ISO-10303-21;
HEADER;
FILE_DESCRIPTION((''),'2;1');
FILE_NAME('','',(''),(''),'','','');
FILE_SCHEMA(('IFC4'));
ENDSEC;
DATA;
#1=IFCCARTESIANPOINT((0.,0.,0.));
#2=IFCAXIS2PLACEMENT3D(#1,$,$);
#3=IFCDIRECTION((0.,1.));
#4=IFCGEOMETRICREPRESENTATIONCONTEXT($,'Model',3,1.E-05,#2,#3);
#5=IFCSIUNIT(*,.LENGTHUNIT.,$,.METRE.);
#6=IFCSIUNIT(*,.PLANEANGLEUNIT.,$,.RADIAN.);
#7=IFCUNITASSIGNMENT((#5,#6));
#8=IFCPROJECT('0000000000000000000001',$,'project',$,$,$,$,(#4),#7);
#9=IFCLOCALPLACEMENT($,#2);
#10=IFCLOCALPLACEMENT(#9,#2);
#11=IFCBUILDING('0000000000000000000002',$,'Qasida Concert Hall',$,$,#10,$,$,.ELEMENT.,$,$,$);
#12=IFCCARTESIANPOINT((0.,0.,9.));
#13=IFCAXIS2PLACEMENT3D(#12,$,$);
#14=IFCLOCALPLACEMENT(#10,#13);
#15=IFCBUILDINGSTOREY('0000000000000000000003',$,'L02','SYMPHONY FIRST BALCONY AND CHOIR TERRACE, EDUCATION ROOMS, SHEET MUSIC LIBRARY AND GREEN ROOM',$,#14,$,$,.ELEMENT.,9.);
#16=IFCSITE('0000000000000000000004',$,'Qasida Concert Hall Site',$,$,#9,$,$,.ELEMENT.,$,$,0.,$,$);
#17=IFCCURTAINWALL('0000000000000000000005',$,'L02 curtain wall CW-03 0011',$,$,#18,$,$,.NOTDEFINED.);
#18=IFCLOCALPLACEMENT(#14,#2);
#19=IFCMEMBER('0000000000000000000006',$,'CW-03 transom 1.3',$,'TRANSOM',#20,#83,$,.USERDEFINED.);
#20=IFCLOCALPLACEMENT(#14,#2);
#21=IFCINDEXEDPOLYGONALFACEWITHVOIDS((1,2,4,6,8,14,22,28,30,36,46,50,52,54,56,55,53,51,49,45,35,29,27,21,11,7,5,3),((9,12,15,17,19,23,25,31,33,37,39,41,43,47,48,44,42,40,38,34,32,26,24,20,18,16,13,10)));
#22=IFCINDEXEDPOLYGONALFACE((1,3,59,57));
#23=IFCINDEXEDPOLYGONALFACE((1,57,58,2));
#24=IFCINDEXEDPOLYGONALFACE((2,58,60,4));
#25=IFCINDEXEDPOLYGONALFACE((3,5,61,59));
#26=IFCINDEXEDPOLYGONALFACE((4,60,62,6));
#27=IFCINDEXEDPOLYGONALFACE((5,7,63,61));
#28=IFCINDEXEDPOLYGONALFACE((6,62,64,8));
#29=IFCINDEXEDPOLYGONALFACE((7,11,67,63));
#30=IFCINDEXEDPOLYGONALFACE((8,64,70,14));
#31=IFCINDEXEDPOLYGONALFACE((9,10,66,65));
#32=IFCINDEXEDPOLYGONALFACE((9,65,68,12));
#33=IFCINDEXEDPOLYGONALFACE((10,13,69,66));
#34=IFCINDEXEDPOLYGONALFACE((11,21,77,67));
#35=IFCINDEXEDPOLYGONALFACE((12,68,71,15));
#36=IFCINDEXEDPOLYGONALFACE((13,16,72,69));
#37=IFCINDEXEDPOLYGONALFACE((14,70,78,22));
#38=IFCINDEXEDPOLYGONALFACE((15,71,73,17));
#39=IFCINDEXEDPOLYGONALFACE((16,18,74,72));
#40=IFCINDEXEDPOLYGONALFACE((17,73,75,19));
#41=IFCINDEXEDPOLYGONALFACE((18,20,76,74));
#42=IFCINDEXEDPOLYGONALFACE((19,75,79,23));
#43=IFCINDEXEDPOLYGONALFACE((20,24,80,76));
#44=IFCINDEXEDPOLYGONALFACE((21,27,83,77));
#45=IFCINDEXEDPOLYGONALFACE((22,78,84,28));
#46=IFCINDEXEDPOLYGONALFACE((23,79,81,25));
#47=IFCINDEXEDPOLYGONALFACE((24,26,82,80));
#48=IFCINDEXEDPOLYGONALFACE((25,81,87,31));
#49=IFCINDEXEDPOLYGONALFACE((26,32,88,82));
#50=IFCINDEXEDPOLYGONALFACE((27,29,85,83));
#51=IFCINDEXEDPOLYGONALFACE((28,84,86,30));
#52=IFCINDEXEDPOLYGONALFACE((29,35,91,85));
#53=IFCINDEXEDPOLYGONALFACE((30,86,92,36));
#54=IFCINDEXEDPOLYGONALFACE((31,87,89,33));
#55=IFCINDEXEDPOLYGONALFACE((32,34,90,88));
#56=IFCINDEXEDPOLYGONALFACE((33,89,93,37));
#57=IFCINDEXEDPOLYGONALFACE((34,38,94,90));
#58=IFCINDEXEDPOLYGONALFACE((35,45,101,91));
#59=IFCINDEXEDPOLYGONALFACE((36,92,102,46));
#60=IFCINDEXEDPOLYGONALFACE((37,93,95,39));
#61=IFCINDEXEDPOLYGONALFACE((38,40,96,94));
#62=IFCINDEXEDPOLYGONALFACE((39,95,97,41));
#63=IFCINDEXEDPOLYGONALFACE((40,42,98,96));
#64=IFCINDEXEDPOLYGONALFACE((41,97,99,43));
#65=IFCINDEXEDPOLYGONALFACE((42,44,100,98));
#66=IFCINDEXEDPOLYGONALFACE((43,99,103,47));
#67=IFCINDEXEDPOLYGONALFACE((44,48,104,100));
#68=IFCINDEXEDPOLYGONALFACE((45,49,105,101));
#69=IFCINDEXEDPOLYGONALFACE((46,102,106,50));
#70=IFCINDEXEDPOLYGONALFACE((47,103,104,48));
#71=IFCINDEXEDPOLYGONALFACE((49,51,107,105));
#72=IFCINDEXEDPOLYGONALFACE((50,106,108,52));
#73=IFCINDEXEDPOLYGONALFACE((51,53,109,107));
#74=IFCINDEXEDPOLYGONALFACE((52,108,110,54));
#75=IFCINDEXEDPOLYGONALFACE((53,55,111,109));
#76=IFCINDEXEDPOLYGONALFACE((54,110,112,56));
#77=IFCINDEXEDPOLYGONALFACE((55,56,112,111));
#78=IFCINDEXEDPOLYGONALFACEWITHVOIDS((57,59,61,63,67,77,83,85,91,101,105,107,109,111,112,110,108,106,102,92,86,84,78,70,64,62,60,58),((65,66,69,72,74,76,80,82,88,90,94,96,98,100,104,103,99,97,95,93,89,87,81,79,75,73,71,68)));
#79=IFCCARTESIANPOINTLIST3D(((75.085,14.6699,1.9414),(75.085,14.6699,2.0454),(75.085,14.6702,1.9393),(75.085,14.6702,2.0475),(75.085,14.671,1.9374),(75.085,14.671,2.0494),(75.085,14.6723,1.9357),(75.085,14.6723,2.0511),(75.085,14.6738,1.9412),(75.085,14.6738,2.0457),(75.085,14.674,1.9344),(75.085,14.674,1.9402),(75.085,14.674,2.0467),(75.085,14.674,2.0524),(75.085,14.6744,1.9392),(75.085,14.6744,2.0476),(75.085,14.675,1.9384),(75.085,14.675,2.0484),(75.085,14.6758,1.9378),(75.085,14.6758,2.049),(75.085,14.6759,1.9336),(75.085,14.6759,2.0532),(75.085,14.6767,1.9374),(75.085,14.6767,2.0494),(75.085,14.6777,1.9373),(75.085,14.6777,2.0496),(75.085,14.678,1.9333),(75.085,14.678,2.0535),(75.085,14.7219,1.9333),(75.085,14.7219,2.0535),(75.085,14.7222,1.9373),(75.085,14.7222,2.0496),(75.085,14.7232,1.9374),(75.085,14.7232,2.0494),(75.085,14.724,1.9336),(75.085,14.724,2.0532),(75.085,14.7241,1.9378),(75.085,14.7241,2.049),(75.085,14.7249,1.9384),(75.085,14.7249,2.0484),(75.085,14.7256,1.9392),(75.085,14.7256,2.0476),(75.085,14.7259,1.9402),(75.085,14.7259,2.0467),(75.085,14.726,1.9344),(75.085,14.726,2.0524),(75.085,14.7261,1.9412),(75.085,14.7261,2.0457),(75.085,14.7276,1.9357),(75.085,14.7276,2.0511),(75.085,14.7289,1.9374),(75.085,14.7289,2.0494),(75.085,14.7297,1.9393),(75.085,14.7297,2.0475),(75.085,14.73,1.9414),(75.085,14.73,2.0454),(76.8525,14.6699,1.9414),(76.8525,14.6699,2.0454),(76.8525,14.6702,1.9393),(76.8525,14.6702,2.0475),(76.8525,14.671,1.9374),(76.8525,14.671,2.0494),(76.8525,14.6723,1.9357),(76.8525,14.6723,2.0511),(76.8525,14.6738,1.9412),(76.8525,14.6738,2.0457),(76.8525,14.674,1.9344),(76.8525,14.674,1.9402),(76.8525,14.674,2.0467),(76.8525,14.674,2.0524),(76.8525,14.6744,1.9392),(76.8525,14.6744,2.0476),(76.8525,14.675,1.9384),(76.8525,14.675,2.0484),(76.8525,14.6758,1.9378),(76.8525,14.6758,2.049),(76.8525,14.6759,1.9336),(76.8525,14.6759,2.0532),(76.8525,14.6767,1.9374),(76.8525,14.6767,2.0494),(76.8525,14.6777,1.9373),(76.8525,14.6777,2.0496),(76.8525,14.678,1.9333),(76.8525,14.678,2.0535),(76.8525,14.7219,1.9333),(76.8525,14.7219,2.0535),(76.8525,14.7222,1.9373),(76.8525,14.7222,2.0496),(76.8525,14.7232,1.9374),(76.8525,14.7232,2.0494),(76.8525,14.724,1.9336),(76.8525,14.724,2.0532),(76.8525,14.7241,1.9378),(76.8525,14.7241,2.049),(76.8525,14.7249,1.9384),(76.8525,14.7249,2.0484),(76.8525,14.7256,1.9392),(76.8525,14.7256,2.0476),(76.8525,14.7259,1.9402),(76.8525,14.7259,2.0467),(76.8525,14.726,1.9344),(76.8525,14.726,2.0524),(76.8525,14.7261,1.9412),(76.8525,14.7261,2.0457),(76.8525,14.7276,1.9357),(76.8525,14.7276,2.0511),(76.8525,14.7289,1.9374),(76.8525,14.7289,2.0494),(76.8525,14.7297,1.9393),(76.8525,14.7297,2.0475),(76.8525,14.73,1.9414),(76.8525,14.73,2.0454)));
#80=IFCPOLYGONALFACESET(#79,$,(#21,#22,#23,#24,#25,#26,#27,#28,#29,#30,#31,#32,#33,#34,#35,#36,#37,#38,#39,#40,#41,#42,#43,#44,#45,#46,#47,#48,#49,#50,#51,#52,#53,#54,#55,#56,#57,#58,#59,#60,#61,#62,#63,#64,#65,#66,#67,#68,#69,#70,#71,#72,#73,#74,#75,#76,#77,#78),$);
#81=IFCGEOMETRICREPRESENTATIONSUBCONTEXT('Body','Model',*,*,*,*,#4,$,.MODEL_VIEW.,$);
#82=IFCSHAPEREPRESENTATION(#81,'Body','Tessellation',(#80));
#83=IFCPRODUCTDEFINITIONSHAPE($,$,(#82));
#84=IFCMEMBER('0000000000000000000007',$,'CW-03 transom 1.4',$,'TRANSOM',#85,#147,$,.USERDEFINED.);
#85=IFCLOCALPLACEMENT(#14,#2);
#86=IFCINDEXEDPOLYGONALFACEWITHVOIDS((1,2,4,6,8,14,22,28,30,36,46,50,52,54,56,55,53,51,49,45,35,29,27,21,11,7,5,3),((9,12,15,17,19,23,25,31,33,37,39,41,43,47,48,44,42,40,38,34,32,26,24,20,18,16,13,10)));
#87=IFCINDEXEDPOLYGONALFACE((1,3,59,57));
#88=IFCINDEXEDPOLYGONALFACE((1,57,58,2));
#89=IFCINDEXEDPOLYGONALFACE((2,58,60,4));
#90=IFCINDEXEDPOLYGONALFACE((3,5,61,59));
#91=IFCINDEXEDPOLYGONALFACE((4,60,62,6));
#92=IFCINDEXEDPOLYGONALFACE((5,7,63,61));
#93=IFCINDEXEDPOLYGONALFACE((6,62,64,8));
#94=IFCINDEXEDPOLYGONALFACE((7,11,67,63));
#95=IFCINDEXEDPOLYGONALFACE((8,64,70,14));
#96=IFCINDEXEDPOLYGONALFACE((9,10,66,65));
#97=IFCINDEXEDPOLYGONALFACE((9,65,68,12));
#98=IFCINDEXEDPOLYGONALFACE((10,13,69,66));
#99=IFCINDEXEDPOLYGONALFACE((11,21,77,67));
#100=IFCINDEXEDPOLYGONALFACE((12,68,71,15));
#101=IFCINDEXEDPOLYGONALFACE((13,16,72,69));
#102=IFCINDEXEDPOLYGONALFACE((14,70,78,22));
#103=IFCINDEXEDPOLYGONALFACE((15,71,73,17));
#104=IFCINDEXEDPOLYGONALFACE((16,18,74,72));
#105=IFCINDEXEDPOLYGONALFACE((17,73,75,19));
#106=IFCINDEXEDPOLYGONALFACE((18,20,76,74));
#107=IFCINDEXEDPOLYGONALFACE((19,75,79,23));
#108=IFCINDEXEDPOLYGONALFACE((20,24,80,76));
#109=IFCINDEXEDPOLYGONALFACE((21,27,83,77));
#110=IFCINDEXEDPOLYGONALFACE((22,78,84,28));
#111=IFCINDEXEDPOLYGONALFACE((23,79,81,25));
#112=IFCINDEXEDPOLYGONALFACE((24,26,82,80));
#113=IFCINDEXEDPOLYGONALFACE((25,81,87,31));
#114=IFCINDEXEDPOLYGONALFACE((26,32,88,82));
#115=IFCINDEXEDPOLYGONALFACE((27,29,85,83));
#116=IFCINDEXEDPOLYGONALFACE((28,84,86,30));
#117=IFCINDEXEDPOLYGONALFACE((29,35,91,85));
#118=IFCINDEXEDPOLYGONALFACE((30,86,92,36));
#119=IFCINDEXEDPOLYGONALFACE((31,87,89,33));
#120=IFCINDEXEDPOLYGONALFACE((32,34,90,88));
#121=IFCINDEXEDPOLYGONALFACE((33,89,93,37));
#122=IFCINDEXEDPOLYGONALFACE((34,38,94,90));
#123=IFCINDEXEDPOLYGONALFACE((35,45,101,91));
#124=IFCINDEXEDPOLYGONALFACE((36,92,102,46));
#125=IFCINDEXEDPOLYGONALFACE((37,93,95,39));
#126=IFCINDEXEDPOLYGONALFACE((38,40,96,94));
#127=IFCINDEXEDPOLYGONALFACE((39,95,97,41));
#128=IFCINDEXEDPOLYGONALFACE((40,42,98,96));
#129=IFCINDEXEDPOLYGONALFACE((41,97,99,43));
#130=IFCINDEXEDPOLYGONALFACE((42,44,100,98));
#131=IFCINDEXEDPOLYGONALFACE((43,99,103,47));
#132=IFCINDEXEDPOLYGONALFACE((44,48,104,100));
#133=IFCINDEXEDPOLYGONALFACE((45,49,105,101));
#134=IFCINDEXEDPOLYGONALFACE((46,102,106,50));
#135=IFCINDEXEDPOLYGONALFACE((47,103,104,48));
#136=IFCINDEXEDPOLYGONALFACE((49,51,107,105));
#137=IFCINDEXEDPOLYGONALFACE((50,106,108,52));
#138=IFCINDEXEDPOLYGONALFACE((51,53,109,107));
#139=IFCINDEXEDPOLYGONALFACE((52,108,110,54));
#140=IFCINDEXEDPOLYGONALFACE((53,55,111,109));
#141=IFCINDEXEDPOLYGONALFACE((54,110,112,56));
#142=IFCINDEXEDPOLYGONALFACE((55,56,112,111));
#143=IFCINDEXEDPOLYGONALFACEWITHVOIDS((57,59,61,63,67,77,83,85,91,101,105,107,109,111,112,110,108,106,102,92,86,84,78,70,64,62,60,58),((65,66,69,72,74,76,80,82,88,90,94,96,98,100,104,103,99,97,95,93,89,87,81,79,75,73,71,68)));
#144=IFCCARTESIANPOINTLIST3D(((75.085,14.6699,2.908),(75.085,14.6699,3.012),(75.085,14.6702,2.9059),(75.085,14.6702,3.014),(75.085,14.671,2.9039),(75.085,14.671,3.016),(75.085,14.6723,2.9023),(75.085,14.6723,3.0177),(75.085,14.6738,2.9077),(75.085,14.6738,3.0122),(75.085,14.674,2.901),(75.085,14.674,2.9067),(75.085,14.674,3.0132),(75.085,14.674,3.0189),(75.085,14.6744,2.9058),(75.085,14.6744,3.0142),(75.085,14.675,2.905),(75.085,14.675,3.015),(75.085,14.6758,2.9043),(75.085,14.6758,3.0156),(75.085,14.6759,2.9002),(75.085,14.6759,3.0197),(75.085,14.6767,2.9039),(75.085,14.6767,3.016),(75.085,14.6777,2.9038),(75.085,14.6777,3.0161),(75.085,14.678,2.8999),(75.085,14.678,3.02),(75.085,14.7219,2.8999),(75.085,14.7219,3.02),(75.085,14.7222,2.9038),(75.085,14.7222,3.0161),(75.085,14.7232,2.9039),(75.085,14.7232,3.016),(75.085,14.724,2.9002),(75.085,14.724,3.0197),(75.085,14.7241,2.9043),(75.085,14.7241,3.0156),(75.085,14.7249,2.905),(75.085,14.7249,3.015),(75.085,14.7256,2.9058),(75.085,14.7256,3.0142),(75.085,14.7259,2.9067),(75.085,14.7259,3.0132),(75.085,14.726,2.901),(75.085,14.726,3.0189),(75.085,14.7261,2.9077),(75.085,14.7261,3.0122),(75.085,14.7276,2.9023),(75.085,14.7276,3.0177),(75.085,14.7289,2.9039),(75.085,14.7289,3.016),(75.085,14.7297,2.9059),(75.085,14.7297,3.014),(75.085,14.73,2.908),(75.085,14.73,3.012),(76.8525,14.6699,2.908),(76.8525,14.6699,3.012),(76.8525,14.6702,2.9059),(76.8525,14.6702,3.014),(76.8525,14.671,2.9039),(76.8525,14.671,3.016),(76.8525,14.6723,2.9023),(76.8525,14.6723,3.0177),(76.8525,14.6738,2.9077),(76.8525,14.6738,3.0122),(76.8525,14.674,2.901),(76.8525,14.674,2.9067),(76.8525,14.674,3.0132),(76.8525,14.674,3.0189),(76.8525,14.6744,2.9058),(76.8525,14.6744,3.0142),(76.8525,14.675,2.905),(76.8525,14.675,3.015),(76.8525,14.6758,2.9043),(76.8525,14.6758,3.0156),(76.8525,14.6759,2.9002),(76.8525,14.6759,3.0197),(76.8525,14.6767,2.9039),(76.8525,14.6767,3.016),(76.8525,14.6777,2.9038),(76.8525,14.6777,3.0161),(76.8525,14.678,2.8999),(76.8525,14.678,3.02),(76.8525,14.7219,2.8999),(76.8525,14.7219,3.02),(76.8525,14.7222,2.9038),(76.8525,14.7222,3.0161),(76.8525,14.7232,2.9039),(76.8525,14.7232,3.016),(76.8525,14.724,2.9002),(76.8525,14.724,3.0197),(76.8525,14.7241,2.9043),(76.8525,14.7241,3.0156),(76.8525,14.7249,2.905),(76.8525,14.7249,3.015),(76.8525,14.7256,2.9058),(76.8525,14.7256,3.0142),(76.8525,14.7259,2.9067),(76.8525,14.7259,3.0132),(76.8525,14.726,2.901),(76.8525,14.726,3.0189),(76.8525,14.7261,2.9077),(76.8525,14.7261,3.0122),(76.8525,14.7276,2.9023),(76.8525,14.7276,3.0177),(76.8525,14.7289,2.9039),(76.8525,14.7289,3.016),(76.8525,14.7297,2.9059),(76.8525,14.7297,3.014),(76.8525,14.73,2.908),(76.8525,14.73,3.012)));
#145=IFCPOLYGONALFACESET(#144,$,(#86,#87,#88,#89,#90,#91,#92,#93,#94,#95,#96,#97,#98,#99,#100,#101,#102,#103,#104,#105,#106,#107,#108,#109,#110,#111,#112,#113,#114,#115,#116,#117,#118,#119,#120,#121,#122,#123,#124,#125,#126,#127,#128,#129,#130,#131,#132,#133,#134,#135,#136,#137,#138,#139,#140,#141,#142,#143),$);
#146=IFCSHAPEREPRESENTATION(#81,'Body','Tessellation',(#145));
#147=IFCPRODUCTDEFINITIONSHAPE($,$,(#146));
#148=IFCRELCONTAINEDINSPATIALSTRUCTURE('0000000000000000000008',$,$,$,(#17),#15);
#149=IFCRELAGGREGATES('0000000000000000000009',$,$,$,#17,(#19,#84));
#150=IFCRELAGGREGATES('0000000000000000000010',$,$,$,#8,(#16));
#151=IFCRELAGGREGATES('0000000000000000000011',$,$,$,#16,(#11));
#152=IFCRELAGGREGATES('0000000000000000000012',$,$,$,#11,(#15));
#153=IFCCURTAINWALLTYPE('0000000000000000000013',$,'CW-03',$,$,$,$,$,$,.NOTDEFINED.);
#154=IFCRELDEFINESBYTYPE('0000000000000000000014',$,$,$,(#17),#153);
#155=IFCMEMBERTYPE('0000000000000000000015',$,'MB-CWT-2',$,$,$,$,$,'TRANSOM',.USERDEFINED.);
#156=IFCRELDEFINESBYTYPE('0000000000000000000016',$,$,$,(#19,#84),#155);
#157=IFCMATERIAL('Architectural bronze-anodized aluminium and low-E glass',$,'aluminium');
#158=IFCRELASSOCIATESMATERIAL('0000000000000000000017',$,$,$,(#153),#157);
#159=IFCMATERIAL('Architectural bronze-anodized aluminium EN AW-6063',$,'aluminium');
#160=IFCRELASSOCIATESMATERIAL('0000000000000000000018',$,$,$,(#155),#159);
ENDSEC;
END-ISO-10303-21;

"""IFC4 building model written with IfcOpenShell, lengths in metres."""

from ifc_helpers import new_model, si_unit, direction, frame, origin, origin_2d, place, context, subcontext, project, spatial, hollow_rectangle, extrude, material, material_profile, profile_set, type_object, element, aggregate, save


model = new_model("IFC4")

# Units and contexts
model_context = context("Model", 3, precision=1e-05, world=origin(), true_north=direction((0.0, 1.0)))
body_context = subcontext(model_context, "Body", "Model", "MODEL_VIEW")
ifc_project = project(units=[si_unit("LENGTHUNIT", "METRE"), si_unit("PLANEANGLEUNIT", "RADIAN")], contexts=[model_context])

# Site, building, storey
site_placement = place(None, origin())
site = spatial("IfcSite", under=ifc_project, at=site_placement, Name="Qasida Concert Hall Site", CompositionType="ELEMENT", RefElevation=0.0)
building_placement = place(site_placement, origin())
building = spatial("IfcBuilding", under=site, at=building_placement, Name="Qasida Concert Hall", CompositionType="ELEMENT")
storey_placement = place(building_placement, frame((0.0, 0.0, 9.0)))
storey = spatial("IfcBuildingStorey", under=building, at=storey_placement, Name="L02", Description="SYMPHONY FIRST BALCONY AND CHOIR TERRACE, EDUCATION ROOMS, SHEET MUSIC LIBRARY AND GREEN ROOM", CompositionType="ELEMENT", Elevation=9.0)

# Curtain wall, members
ifc_material_1 = material(Name="Architectural bronze-anodized aluminium and low-E glass", Category="aluminium")
curtain_wall_type = type_object("IfcCurtainWallType", Name="CW-03", PredefinedType="NOTDEFINED", material=ifc_material_1)
curtain_wall_placement = place(storey_placement, origin())
curtain_wall = element("IfcCurtainWall", 1, at=curtain_wall_placement, inside=storey, type_object=curtain_wall_type, Name="L02 curtain wall CW-03 0011", PredefinedType="NOTDEFINED")
ifc_material_2 = material(Name="Architectural bronze-anodized aluminium EN AW-6063", Category="aluminium")
ifc_material_profile_1 = material_profile(ifc_material_2, hollow_rectangle(XDim=0.0601, YDim=0.1201, WallThickness=0.0039, InnerFilletRadius=0.0039, OuterFilletRadius=0.0081, at=origin_2d()), Name="CWT 120x60x4")
ifc_profile_set_1 = profile_set([ifc_material_profile_1], Name="Architectural bronze-anodized aluminium EN AW-6063")
member_type_1 = type_object("IfcMemberType", Name="MB-CWT-2", ElementType="TRANSOM", PredefinedType="USERDEFINED", material=ifc_profile_set_1)
member_1_placement = place(storey_placement, frame((75.085, 14.7, 1.9934), z_axis=(1.0, 0.0, 0.0), x_axis=(0.0, 1.0, 0.0)))
member_1 = element("IfcMember", 2, at=member_1_placement, type_object=member_type_1, Name="CW-03 transom 1.3", ObjectType="TRANSOM", PredefinedType="USERDEFINED", context=body_context, shape_type="SweptSolid", body=[
    extrude(hollow_rectangle(XDim=0.0601, YDim=0.1201, WallThickness=0.0039, InnerFilletRadius=0.0039, OuterFilletRadius=0.0081, at=origin_2d()), origin(), (0.0, 0.0, 1.0), 1.7676),
])
member_2_placement = place(storey_placement, frame((75.085, 14.7, 2.96), z_axis=(1.0, 0.0, 0.0), x_axis=(0.0, 1.0, 0.0)))
member_2 = element("IfcMember", 3, at=member_2_placement, type_object=member_type_1, Name="CW-03 transom 1.4", ObjectType="TRANSOM", PredefinedType="USERDEFINED", context=body_context, shape_type="SweptSolid", body=[
    extrude(hollow_rectangle(XDim=0.0601, YDim=0.1201, WallThickness=0.0039, InnerFilletRadius=0.0039, OuterFilletRadius=0.0081, at=origin_2d()), origin(), (0.0, 0.0, 1.0), 1.7676),
])
aggregate(curtain_wall, [member_1, member_2])

save(model, "model.ifc")
